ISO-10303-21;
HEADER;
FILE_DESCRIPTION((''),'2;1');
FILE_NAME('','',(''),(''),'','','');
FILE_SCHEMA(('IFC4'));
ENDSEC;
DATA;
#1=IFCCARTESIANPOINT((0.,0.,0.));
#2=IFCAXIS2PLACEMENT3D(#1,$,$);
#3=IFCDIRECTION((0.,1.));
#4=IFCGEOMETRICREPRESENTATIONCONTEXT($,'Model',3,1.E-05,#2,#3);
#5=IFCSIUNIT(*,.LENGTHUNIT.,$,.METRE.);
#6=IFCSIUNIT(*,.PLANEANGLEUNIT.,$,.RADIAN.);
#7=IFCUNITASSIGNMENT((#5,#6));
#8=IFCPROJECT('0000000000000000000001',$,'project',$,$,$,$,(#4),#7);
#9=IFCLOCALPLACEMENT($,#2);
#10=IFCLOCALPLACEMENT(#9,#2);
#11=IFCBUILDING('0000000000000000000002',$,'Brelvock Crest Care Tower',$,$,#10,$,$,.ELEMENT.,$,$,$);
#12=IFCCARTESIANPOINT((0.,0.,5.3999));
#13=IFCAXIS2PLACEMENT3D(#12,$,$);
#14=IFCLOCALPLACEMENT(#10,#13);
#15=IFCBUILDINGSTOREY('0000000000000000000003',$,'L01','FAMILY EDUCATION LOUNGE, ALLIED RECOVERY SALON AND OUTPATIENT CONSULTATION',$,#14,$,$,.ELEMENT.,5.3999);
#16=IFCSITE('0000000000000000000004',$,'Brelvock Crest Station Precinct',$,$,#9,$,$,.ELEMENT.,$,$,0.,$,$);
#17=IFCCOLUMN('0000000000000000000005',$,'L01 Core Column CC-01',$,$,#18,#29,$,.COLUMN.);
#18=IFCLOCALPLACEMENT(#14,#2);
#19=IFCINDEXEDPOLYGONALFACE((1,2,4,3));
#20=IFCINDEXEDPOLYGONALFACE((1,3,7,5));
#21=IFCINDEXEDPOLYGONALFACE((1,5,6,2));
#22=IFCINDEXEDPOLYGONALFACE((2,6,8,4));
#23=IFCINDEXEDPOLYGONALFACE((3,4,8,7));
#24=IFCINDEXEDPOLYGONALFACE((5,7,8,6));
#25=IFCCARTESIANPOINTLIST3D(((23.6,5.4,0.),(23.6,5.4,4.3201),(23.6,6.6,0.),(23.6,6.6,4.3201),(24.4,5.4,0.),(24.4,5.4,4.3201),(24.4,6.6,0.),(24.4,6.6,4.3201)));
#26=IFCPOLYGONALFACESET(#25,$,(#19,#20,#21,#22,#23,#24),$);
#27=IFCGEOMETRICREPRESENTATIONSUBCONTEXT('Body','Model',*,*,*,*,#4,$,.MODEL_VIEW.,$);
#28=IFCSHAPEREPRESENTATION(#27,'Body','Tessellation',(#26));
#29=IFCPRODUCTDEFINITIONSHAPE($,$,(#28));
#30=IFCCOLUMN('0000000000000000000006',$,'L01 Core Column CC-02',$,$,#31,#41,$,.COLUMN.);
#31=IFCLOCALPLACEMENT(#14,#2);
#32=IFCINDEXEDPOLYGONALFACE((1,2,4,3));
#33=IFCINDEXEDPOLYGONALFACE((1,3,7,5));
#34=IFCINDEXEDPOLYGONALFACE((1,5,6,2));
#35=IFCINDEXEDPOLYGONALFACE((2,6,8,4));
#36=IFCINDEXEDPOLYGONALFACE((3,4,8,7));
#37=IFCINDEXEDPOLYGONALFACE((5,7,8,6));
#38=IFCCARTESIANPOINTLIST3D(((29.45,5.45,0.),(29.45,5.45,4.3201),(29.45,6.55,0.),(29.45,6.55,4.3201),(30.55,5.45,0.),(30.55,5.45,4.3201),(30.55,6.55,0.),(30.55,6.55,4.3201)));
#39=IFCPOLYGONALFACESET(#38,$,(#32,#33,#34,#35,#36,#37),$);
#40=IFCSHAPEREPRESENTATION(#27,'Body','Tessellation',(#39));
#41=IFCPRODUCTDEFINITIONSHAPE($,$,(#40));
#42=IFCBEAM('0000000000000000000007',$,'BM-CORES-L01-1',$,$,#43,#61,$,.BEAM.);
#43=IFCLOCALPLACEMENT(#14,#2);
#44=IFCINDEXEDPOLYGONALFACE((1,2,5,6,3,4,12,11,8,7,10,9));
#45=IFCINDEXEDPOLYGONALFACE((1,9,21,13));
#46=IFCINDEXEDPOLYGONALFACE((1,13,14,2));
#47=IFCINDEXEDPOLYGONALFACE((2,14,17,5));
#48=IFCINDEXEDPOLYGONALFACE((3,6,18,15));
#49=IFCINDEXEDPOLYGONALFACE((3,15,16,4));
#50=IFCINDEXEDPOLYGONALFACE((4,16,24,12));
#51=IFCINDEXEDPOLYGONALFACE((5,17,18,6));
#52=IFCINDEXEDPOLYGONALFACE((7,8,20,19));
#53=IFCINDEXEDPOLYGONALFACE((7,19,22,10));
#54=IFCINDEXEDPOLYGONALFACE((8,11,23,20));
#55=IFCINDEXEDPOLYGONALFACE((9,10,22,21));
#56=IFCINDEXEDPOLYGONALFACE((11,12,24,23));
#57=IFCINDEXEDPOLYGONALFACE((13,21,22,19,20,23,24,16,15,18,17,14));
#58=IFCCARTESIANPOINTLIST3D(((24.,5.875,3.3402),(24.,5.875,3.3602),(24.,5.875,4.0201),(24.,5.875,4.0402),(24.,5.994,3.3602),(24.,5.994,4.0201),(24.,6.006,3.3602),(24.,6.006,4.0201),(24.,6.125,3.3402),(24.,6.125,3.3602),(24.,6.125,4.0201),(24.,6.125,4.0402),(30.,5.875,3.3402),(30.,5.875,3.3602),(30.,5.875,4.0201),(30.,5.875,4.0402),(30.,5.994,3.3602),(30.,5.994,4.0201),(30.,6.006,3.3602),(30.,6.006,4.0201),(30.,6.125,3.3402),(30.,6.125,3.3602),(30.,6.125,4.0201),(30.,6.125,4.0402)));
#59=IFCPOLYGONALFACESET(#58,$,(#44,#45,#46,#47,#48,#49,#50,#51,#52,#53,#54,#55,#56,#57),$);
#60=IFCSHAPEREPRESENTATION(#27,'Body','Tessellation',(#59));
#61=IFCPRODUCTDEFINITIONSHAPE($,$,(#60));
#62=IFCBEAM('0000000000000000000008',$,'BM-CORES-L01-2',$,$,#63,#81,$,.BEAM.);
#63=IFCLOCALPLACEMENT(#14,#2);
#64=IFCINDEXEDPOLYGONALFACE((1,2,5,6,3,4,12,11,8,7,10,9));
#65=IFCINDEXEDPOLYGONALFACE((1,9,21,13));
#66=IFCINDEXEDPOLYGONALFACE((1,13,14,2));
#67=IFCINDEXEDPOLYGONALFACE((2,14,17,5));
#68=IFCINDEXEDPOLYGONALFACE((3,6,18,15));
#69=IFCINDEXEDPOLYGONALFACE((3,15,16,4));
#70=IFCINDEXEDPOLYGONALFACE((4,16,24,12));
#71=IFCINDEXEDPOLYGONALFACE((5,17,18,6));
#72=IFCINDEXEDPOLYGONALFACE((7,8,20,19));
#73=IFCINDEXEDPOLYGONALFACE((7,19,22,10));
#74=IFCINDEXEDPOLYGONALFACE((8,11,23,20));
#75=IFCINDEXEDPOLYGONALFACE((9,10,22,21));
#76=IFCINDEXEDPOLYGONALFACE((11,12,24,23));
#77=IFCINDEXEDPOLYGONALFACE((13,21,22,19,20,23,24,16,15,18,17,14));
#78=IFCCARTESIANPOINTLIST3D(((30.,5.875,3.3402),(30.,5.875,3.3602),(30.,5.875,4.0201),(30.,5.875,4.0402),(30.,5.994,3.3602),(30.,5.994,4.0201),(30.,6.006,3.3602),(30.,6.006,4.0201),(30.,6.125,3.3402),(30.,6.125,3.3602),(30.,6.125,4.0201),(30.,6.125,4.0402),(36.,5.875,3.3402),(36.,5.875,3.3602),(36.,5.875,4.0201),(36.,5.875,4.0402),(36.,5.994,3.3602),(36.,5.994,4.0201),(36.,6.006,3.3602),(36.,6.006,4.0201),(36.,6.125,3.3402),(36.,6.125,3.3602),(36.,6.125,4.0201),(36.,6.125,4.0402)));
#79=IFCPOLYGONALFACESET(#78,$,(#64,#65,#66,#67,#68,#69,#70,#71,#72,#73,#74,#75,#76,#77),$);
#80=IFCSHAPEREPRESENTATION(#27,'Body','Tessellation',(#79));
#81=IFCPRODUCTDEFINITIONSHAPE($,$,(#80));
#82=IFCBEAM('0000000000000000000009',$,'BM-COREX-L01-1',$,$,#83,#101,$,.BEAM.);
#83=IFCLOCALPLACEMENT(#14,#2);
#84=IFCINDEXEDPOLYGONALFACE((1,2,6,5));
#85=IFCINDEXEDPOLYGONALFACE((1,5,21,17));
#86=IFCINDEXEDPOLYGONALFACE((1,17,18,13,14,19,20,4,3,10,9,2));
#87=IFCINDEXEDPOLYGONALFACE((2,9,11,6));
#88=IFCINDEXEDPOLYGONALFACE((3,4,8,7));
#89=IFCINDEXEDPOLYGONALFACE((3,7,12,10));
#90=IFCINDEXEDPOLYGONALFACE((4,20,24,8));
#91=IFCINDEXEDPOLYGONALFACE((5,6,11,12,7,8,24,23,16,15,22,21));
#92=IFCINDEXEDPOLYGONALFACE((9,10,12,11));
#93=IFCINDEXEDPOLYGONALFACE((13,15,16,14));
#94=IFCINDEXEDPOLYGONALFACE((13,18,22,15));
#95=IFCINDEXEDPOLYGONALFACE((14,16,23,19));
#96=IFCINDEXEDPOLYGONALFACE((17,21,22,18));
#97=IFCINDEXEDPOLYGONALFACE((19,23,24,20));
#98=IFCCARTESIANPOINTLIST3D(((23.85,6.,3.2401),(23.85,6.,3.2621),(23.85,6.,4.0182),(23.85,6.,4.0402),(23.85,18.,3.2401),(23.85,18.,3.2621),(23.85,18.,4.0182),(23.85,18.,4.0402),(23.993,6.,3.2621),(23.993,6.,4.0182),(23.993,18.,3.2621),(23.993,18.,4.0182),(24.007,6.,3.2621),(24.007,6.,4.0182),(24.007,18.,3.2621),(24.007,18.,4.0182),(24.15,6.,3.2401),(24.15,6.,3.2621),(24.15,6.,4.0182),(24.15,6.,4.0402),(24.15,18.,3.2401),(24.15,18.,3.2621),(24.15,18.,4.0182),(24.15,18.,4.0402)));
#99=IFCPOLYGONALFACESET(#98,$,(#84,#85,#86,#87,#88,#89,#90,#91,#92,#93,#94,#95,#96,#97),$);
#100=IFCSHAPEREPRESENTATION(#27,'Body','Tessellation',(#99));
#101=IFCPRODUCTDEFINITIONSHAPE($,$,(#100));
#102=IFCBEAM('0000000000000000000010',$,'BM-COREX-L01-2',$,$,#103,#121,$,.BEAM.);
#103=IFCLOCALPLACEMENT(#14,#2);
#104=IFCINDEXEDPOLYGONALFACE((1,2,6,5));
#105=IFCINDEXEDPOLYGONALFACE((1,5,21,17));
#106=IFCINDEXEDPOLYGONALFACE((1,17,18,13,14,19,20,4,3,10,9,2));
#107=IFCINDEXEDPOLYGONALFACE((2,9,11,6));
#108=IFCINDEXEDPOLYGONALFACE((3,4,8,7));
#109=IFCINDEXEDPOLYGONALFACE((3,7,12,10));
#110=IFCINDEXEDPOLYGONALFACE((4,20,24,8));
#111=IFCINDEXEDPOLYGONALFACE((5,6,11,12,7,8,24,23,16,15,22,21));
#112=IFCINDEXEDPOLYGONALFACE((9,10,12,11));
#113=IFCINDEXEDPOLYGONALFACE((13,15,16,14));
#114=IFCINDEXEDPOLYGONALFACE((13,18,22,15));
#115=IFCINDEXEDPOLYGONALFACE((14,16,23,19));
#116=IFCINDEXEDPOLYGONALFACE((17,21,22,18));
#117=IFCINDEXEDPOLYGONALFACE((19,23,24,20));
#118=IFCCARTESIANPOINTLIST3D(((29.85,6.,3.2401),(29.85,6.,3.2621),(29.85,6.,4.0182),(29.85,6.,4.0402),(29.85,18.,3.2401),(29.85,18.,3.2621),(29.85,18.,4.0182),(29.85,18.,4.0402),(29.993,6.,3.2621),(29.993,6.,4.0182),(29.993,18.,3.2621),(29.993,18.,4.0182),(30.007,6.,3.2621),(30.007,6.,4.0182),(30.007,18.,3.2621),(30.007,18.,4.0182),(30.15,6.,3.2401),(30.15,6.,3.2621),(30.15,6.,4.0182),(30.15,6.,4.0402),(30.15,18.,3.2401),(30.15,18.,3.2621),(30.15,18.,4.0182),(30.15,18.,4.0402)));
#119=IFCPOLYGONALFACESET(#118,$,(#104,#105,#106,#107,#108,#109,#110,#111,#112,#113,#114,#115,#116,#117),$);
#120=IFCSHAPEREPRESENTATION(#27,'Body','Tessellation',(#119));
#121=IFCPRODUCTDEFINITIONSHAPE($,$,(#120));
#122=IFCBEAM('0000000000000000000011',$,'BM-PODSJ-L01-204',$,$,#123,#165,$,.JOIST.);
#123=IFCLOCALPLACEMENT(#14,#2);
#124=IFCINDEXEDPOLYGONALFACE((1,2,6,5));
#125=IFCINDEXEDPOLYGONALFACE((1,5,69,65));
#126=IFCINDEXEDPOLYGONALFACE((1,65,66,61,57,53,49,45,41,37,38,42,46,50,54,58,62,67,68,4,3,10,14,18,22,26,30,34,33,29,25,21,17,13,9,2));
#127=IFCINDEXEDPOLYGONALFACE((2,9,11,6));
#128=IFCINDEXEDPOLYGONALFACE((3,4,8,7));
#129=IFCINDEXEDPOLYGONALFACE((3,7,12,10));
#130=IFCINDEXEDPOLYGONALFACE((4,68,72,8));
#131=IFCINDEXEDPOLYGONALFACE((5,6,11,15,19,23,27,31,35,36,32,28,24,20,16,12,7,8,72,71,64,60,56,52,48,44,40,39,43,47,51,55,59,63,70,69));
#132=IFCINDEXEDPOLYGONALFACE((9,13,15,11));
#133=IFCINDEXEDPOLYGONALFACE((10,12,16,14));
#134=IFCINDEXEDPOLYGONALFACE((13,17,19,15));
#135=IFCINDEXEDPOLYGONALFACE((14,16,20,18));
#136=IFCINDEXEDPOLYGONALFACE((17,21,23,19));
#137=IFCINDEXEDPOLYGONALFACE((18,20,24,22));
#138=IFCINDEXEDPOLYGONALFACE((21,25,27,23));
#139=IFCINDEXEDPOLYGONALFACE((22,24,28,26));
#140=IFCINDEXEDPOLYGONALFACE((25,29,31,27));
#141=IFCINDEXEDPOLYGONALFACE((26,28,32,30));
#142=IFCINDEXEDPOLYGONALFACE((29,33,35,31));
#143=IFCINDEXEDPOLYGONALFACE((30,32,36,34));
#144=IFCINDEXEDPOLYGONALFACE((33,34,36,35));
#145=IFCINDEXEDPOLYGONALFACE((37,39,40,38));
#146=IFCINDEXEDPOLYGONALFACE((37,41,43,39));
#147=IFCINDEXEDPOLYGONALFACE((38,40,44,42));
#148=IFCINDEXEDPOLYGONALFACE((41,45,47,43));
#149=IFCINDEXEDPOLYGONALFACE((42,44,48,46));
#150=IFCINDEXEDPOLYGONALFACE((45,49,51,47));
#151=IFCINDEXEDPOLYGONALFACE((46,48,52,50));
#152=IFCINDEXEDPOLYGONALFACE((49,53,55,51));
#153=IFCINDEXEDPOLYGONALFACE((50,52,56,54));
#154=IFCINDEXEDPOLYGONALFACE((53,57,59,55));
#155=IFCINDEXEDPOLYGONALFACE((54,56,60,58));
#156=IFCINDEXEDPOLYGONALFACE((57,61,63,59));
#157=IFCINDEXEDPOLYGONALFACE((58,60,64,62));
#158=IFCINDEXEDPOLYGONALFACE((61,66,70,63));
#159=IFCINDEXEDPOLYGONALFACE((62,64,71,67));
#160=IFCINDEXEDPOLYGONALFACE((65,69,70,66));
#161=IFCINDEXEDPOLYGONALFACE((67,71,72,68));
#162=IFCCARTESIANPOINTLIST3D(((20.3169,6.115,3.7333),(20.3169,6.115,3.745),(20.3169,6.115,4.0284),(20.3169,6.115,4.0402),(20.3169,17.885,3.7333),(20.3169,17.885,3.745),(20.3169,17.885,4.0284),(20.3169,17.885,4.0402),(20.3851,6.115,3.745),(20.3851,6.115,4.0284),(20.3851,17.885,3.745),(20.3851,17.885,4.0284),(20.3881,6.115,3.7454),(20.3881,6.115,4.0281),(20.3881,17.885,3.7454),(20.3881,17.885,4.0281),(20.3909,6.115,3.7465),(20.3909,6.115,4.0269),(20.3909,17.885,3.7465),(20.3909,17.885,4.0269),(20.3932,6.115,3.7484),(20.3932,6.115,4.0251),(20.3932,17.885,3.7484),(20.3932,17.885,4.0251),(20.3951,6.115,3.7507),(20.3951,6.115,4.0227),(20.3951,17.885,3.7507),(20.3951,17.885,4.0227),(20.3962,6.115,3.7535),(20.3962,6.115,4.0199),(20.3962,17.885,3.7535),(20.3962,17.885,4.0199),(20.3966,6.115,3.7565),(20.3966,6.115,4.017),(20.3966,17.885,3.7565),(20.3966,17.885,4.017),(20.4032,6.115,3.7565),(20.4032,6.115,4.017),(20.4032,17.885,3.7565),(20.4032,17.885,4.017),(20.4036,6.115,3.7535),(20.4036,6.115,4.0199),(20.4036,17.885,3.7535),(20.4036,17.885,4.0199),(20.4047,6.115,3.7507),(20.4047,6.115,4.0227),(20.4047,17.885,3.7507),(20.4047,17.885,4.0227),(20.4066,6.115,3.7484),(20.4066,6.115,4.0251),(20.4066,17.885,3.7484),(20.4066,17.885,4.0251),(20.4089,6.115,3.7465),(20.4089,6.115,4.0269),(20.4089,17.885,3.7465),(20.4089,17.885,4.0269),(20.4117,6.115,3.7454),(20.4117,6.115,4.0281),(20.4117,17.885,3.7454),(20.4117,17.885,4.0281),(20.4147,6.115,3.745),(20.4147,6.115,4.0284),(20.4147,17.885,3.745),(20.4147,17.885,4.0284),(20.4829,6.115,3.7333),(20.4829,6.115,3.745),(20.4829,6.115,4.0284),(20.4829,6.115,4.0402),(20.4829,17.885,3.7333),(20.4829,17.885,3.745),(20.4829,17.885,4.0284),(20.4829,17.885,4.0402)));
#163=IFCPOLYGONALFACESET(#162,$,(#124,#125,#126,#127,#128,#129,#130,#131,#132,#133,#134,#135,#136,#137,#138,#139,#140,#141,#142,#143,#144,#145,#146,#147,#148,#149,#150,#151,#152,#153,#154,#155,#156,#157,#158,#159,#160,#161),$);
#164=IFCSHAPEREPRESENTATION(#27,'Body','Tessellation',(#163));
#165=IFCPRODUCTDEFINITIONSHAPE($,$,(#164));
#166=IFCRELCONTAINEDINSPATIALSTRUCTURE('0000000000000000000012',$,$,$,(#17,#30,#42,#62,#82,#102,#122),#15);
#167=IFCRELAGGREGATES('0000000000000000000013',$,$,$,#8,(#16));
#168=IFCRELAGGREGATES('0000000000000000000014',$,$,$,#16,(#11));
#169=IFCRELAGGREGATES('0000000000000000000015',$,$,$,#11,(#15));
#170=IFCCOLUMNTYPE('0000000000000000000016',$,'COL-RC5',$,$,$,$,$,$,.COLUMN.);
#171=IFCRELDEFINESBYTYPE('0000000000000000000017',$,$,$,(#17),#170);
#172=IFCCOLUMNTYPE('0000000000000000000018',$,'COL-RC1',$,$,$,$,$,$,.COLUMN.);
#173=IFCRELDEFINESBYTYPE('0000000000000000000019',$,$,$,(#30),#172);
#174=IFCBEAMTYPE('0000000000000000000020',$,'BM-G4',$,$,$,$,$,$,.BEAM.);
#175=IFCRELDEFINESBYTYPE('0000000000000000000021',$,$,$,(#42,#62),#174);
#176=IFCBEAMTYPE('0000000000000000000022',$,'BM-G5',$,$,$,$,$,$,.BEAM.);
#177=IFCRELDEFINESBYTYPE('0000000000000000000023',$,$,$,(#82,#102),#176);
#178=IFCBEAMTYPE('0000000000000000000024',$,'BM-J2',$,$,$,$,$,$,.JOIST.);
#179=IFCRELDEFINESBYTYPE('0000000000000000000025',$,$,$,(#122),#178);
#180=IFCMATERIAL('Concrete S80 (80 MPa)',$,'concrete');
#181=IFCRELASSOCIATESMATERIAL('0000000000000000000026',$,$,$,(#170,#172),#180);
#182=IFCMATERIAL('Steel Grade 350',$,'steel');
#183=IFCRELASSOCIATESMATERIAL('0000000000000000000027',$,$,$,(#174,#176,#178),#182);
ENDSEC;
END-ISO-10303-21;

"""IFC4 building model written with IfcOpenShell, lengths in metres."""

from ifc_helpers import new_model, si_unit, direction, frame, origin, origin_2d, place, context, subcontext, project, spatial, rectangle, i_section, extrude, source, transform, mapped, material, material_profile, profile_set, type_object, element, save


model = new_model("IFC4")

# Units and contexts
model_context = context("Model", 3, precision=1e-05, world=origin(), true_north=direction((0.0, 1.0)))
body_context = subcontext(model_context, "Body", "Model", "MODEL_VIEW")
ifc_project = project(units=[si_unit("LENGTHUNIT", "METRE"), si_unit("PLANEANGLEUNIT", "RADIAN")], contexts=[model_context])

# Site, building, storey
site_placement = place(None, origin())
site = spatial("IfcSite", under=ifc_project, at=site_placement, Name="Brelvock Crest Station Precinct", CompositionType="ELEMENT", RefElevation=0.0)
building_placement = place(site_placement, origin())
building = spatial("IfcBuilding", under=site, at=building_placement, Name="Brelvock Crest Care Tower", CompositionType="ELEMENT")
storey_placement = place(building_placement, frame((0.0, 0.0, 5.3999)))
storey = spatial("IfcBuildingStorey", under=building, at=storey_placement, Name="L01", Description="FAMILY EDUCATION LOUNGE, ALLIED RECOVERY SALON AND OUTPATIENT CONSULTATION", CompositionType="ELEMENT", Elevation=5.3999)

# Columns
ifc_material_1 = material(Name="Concrete S80 (80 MPa)", Category="concrete")
ifc_material_profile_1 = material_profile(ifc_material_1, rectangle(XDim=0.8, YDim=1.2, at=origin_2d()), Name="RC800x1200")
ifc_profile_set_1 = profile_set([ifc_material_profile_1], Name="Concrete S80 (80 MPa)")
column_type_1 = type_object("IfcColumnType", Name="COL-RC5", PredefinedType="COLUMN", material=ifc_profile_set_1)
shared_shape_1 = source(origin(), body_context, "Body", "SweptSolid", [
    extrude(rectangle(XDim=0.8, YDim=1.2, at=origin_2d()), origin(), (0.0, 0.0, 1.0), 4.3201),
])
column_1_placement = place(storey_placement, frame((24.0, 6.0, 0.0), z_axis=(0.0, 0.0, 1.0), x_axis=(1.0, 0.0, 0.0)))
element("IfcColumn", 1, at=column_1_placement, inside=storey, type_object=column_type_1, Name="L01 Core Column CC-01", PredefinedType="COLUMN", context=body_context, shape_type="MappedRepresentation", body=[
    mapped(shared_shape_1, transform((0.0, 0.0, 0.0), x_axis=(1.0, 0.0, 0.0), y_axis=(0.0, 1.0, 0.0), z_axis=(0.0, 0.0, 1.0), scale=1.0)),
])
ifc_material_profile_2 = material_profile(ifc_material_1, rectangle(XDim=1.1001, YDim=1.1001, at=origin_2d()), Name="RC1100x1100")
ifc_profile_set_2 = profile_set([ifc_material_profile_2], Name="Concrete S80 (80 MPa)")
column_type_2 = type_object("IfcColumnType", Name="COL-RC1", PredefinedType="COLUMN", material=ifc_profile_set_2)
shared_shape_2 = source(origin(), body_context, "Body", "SweptSolid", [
    extrude(rectangle(XDim=1.1001, YDim=1.1001, at=origin_2d()), origin(), (0.0, 0.0, 1.0), 4.3201),
])
column_2_placement = place(storey_placement, frame((30.0, 6.0, 0.0), z_axis=(0.0, 0.0, 1.0), x_axis=(1.0, 0.0, 0.0)))
element("IfcColumn", 2, at=column_2_placement, inside=storey, type_object=column_type_2, Name="L01 Core Column CC-02", PredefinedType="COLUMN", context=body_context, shape_type="MappedRepresentation", body=[
    mapped(shared_shape_2, transform((0.0, 0.0, 0.0), x_axis=(1.0, 0.0, 0.0), y_axis=(0.0, 1.0, 0.0), z_axis=(0.0, 0.0, 1.0), scale=1.0)),
])

# Beams
ifc_material_2 = material(Name="Steel Grade 350", Category="steel")
ifc_material_profile_3 = material_profile(ifc_material_2, i_section(OverallWidth=0.25, OverallDepth=0.7, WebThickness=0.012, FlangeThickness=0.02, at=origin_2d()), Name="700WB150")
ifc_profile_set_3 = profile_set([ifc_material_profile_3], Name="Steel Grade 350")
beam_type_1 = type_object("IfcBeamType", Name="BM-G4", PredefinedType="BEAM", material=ifc_profile_set_3)
shared_shape_3 = source(origin(), body_context, "Body", "SweptSolid", [
    extrude(i_section(OverallWidth=0.25, OverallDepth=0.7, WebThickness=0.012, FlangeThickness=0.02, at=origin_2d()), origin(), (0.0, 0.0, 1.0), 6.0),
])
for number, where, z_axis, x_axis, name in (
    (3, (24.0, 6.0, 3.6902), (1.0, 0.0, 0.0), (0.0, 1.0, 0.0), "BM-CORES-L01-1"),
    (4, (30.0, 6.0, 3.6902), (1.0, 0.0, 0.0), (0.0, 1.0, 0.0), "BM-CORES-L01-2"),
):
    element("IfcBeam", number, at=place(storey_placement, frame(where, z_axis=z_axis, x_axis=x_axis)), inside=storey, type_object=beam_type_1, Name=name, PredefinedType="BEAM", context=body_context, shape_type="MappedRepresentation", body=[
        mapped(shared_shape_3, transform((0.0, 0.0, 0.0), x_axis=(1.0, 0.0, 0.0), y_axis=(0.0, 1.0, 0.0), z_axis=(0.0, 0.0, 1.0), scale=1.0)),
    ])
ifc_material_profile_4 = material_profile(ifc_material_2, i_section(OverallWidth=0.3, OverallDepth=0.8, WebThickness=0.0139, FlangeThickness=0.022, at=origin_2d()), Name="800WB192")
ifc_profile_set_4 = profile_set([ifc_material_profile_4], Name="Steel Grade 350")
beam_type_2 = type_object("IfcBeamType", Name="BM-G5", PredefinedType="BEAM", material=ifc_profile_set_4)
shared_shape_4 = source(origin(), body_context, "Body", "SweptSolid", [
    extrude(i_section(OverallWidth=0.3, OverallDepth=0.8, WebThickness=0.0139, FlangeThickness=0.022, at=origin_2d()), origin(), (0.0, 0.0, 1.0), 12.0),
])
for number, where, z_axis, x_axis, name in (
    (5, (24.0, 6.0, 3.6401), (0.0, 1.0, 0.0), (-1.0, 0.0, 0.0), "BM-COREX-L01-1"),
    (6, (30.0, 6.0, 3.6401), (0.0, 1.0, 0.0), (-1.0, 0.0, 0.0), "BM-COREX-L01-2"),
):
    element("IfcBeam", number, at=place(storey_placement, frame(where, z_axis=z_axis, x_axis=x_axis)), inside=storey, type_object=beam_type_2, Name=name, PredefinedType="BEAM", context=body_context, shape_type="MappedRepresentation", body=[
        mapped(shared_shape_4, transform((0.0, 0.0, 0.0), x_axis=(1.0, 0.0, 0.0), y_axis=(0.0, 1.0, 0.0), z_axis=(0.0, 0.0, 1.0), scale=1.0)),
    ])
ifc_material_profile_5 = material_profile(ifc_material_2, i_section(OverallWidth=0.166, OverallDepth=0.3069, WebThickness=0.0066, FlangeThickness=0.0117, FilletRadius=0.0115, at=origin_2d()), Name="310UB46.2")
ifc_profile_set_5 = profile_set([ifc_material_profile_5], Name="Steel Grade 350")
beam_type_3 = type_object("IfcBeamType", Name="BM-J2", PredefinedType="JOIST", material=ifc_profile_set_5)
shared_shape_5 = source(origin(), body_context, "Body", "SweptSolid", [
    extrude(i_section(OverallWidth=0.166, OverallDepth=0.3069, WebThickness=0.0066, FlangeThickness=0.0117, FilletRadius=0.0115, at=origin_2d()), origin(), (0.0, 0.0, 1.0), 11.77),
])
for number, where, z_axis, x_axis, name in (
    (7, (20.3999, 6.115, 3.8867), (0.0, 1.0, 0.0), (-1.0, 0.0, 0.0), "BM-PODSJ-L01-204"),
):
    element("IfcBeam", number, at=place(storey_placement, frame(where, z_axis=z_axis, x_axis=x_axis)), inside=storey, type_object=beam_type_3, Name=name, PredefinedType="JOIST", context=body_context, shape_type="MappedRepresentation", body=[
        mapped(shared_shape_5, transform((0.0, 0.0, 0.0), x_axis=(1.0, 0.0, 0.0), y_axis=(0.0, 1.0, 0.0), z_axis=(0.0, 0.0, 1.0), scale=1.0)),
    ])

save(model, "model.ifc")
